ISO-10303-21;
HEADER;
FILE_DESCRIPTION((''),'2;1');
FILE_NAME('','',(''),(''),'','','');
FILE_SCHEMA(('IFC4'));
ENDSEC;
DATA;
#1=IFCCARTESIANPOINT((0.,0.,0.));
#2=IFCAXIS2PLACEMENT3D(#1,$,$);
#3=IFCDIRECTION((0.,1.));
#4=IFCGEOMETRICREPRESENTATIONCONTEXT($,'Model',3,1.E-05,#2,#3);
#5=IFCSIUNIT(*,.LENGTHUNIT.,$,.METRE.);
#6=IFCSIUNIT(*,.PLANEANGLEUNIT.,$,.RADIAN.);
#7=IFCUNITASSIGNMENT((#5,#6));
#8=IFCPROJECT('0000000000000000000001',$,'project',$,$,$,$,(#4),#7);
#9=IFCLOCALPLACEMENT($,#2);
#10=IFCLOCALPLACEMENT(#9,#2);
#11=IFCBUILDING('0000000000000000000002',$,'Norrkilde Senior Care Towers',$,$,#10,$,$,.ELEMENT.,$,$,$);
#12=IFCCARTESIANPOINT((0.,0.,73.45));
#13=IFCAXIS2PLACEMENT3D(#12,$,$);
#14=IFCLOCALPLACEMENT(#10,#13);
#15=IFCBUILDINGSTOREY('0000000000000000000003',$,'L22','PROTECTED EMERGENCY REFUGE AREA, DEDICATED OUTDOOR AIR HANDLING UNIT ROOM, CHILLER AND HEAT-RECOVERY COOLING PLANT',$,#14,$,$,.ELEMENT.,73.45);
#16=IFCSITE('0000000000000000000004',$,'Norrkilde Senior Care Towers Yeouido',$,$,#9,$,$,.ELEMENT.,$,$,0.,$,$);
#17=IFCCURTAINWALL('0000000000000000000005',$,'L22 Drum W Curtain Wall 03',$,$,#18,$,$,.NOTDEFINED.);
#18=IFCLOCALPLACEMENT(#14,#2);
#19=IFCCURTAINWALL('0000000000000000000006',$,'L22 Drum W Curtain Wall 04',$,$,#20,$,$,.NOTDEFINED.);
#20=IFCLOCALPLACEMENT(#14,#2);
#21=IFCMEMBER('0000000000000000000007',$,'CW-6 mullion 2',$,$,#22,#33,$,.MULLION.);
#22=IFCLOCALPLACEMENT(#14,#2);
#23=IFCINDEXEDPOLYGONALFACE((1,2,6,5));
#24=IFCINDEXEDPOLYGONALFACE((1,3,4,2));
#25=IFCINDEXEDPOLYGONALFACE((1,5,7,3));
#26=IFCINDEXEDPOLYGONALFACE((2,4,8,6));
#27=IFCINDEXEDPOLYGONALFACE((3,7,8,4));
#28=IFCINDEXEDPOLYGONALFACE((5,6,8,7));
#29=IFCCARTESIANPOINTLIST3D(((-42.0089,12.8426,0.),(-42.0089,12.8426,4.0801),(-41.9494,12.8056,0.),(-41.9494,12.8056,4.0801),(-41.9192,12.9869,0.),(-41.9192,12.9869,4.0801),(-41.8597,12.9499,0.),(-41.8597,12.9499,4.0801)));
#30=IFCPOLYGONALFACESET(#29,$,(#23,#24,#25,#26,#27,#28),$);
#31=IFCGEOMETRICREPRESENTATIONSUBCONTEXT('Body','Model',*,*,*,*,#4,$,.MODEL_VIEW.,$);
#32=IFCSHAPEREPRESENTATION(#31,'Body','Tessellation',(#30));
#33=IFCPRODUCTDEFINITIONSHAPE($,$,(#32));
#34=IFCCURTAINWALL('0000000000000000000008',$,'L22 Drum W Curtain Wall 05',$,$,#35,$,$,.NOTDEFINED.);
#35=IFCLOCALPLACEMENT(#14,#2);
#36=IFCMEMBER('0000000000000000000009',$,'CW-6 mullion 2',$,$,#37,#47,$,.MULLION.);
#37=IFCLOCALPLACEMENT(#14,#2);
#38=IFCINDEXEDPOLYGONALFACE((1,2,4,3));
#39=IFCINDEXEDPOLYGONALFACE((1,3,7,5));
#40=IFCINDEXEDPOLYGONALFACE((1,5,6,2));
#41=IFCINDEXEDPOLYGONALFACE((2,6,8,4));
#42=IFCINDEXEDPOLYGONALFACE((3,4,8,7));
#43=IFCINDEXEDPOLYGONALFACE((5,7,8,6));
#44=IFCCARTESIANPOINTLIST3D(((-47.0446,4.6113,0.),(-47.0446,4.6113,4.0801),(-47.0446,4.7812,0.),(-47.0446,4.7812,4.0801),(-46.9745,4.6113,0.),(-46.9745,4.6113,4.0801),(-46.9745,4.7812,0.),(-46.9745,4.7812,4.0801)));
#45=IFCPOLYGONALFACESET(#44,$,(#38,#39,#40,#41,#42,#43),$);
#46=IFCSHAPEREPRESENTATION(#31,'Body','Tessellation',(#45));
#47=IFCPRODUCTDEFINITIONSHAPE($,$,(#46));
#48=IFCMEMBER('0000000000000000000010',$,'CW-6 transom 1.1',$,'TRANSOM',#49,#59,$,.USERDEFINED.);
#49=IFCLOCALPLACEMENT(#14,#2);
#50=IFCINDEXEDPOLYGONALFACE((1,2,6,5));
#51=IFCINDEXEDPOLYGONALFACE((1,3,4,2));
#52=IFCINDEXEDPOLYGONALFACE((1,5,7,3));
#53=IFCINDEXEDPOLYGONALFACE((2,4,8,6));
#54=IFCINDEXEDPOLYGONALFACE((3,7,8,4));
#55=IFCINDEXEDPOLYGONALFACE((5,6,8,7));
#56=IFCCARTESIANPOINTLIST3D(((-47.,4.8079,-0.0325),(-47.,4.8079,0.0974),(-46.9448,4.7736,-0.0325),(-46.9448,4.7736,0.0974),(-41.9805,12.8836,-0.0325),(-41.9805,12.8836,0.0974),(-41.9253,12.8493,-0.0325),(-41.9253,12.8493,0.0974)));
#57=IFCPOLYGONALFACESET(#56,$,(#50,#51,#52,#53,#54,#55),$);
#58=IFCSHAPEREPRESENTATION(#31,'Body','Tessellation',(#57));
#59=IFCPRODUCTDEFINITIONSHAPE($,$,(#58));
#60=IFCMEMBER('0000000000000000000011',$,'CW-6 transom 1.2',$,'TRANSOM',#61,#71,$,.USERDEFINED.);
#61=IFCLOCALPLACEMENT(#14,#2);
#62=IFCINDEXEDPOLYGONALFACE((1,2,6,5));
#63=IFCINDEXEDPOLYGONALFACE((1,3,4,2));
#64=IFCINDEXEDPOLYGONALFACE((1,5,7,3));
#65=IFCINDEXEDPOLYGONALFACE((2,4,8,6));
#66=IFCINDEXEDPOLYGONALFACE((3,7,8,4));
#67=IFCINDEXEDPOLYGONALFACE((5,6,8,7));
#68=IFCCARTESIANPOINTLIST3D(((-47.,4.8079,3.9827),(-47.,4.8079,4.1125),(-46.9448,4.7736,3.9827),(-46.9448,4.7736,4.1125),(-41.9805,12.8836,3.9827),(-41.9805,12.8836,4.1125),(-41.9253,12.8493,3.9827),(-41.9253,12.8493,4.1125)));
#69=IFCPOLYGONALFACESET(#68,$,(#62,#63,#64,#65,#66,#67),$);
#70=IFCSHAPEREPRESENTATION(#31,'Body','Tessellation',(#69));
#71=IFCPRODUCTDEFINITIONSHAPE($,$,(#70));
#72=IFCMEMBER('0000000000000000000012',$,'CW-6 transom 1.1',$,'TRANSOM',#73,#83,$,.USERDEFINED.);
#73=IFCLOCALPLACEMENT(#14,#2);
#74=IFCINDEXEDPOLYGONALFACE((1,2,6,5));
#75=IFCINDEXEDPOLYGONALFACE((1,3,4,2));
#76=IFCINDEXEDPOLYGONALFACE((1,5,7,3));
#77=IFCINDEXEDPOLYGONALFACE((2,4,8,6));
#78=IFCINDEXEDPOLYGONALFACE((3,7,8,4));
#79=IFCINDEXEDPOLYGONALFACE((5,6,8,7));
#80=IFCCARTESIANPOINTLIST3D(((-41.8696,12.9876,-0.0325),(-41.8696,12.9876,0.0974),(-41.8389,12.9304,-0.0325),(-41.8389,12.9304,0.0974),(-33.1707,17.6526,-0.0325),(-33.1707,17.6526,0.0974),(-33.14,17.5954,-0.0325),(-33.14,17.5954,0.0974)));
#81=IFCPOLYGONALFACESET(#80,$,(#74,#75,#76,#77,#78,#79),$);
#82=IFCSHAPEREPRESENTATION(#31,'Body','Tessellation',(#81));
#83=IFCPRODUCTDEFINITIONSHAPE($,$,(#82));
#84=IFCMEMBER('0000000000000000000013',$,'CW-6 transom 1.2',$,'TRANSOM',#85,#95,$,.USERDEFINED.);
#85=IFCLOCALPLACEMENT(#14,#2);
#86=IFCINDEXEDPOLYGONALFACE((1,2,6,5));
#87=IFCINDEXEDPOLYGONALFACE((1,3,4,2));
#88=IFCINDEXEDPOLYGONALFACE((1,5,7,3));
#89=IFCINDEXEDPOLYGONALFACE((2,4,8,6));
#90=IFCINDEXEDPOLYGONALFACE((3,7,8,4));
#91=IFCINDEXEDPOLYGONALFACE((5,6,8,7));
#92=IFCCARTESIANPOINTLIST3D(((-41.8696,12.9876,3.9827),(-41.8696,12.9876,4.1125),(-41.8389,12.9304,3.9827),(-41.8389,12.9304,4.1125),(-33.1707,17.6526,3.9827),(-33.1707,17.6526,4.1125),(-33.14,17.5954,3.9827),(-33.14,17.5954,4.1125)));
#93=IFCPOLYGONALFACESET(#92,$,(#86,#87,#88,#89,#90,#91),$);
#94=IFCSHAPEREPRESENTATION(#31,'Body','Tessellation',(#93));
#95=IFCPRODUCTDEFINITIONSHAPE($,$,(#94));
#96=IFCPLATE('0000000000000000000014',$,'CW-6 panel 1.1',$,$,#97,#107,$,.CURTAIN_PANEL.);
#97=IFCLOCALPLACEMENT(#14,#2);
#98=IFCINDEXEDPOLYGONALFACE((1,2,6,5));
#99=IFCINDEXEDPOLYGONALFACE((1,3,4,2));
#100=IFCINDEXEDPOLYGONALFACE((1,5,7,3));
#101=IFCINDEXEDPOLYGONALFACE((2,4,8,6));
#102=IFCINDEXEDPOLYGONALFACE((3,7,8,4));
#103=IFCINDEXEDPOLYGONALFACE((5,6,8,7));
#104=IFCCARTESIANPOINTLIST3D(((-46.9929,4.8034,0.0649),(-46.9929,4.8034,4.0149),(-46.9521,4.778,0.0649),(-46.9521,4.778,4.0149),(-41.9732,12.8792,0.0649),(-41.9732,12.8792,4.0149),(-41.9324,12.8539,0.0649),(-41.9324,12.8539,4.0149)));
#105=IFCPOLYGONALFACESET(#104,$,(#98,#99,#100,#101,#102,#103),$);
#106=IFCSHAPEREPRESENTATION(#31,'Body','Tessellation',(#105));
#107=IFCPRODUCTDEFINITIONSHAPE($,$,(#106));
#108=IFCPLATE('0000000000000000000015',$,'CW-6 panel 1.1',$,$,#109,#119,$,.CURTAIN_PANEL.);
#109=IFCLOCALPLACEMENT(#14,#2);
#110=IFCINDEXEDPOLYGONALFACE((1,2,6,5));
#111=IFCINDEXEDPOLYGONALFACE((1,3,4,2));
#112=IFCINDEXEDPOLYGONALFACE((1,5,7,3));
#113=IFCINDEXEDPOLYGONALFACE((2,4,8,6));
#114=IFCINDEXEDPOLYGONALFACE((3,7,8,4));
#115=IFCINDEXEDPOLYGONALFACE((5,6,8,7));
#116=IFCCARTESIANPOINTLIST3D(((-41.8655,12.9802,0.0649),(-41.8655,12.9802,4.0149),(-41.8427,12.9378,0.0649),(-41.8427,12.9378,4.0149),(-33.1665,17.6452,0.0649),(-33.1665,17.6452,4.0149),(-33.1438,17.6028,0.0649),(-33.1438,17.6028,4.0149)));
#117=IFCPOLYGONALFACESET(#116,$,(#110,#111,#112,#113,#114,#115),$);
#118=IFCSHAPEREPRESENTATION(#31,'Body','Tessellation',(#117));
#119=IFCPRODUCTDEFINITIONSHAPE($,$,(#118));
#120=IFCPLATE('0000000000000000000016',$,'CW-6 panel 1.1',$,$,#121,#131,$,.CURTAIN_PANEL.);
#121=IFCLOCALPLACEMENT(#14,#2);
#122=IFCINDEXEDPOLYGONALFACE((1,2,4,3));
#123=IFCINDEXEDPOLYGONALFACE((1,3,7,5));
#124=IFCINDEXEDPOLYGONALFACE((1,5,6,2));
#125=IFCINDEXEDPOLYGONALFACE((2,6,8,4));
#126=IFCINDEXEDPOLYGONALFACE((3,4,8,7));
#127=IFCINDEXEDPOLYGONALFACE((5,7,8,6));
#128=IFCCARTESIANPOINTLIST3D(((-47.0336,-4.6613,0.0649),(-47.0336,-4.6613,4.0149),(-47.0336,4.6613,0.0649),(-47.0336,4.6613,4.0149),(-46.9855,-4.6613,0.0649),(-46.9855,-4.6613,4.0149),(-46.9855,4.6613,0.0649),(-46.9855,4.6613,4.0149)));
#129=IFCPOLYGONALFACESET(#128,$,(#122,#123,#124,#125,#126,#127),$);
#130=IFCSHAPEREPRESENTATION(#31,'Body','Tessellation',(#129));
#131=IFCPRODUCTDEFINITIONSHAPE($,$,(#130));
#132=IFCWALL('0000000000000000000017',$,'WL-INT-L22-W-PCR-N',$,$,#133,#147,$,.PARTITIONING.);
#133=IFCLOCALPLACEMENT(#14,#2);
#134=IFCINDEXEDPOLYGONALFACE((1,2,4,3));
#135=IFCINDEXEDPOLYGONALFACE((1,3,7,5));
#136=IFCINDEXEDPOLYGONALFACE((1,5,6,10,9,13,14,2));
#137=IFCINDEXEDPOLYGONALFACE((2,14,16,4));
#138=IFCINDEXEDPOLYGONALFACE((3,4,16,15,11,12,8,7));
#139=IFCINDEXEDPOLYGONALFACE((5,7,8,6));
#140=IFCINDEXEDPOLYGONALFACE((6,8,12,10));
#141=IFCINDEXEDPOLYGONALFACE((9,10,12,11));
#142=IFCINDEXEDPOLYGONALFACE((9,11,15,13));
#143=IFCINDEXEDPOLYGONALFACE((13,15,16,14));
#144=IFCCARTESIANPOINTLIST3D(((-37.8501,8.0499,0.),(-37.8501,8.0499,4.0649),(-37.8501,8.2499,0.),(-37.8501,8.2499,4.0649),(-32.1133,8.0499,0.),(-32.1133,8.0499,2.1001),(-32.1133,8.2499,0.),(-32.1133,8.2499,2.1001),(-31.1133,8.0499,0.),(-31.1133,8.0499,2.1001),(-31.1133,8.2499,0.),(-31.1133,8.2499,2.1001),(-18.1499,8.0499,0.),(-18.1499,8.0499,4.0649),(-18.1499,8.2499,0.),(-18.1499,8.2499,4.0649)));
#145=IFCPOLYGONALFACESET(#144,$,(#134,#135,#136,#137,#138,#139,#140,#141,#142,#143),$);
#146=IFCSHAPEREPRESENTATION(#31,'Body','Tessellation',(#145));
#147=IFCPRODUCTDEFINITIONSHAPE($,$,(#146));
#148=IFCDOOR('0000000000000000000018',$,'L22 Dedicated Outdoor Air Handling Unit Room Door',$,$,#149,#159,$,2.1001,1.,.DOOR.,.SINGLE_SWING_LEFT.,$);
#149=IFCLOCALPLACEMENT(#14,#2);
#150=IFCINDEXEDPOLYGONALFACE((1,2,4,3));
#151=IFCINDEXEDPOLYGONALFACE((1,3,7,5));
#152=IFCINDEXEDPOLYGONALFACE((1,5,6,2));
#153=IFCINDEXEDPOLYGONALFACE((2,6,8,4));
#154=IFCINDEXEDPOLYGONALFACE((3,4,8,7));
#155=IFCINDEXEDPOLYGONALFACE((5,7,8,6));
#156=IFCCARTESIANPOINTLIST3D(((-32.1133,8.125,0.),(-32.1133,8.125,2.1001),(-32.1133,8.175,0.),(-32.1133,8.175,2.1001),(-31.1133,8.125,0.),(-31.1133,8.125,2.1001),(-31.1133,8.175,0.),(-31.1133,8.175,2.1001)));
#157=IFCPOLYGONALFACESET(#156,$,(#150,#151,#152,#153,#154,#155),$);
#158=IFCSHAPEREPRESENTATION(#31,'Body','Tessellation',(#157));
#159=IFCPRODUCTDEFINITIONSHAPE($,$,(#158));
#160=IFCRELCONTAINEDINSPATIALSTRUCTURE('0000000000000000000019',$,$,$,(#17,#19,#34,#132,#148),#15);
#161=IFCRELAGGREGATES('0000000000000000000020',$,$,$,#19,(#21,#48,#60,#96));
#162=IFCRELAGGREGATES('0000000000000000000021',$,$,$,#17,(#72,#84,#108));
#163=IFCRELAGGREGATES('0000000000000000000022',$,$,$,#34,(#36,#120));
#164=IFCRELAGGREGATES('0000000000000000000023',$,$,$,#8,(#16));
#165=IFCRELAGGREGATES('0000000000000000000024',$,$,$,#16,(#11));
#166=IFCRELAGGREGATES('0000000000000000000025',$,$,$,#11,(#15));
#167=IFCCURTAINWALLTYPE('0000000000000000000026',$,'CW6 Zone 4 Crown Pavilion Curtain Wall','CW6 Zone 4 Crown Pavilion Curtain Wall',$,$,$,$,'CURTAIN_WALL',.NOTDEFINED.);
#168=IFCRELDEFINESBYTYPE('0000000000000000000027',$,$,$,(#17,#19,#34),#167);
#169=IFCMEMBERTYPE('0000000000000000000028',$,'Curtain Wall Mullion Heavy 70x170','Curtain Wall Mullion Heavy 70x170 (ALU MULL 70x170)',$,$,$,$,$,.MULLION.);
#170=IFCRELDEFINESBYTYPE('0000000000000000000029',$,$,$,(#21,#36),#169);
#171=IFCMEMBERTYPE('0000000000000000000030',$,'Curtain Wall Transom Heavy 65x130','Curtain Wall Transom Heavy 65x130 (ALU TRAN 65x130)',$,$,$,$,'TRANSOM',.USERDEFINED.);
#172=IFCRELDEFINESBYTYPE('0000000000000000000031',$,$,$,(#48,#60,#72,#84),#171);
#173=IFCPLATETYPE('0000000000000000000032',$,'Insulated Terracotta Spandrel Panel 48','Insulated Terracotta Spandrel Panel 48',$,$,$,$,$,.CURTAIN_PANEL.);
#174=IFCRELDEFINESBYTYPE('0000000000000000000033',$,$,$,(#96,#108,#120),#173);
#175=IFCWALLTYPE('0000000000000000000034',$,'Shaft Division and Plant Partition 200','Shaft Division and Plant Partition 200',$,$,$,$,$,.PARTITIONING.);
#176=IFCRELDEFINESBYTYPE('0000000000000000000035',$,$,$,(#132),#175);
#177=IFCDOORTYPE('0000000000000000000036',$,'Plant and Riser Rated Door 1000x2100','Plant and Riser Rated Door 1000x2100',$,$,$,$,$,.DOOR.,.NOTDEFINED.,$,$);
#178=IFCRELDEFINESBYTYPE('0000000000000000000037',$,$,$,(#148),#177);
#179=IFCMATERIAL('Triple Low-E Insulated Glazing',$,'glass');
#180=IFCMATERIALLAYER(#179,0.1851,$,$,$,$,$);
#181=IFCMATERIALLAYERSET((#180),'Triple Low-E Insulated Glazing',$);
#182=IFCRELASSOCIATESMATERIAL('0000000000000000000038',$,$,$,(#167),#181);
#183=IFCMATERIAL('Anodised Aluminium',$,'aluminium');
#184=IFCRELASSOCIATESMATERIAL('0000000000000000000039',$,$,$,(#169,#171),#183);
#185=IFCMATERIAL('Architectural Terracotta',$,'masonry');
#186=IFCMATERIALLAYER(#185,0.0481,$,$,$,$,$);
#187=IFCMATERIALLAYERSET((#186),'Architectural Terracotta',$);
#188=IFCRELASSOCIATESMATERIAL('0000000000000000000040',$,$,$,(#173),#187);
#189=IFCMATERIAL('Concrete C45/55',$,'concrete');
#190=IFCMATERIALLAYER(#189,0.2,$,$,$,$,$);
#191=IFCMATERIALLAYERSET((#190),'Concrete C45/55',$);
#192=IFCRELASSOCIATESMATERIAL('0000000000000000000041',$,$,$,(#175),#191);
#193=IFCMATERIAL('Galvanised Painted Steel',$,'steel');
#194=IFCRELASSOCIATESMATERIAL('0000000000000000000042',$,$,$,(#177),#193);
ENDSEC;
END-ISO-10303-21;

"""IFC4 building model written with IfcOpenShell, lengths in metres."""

from ifc_helpers import new_model, si_unit, direction, frame, frame_2d, origin, origin_2d, place, context, subcontext, project, spatial, rectangle, extrude, source, transform, mapped, material, layer, layer_set, material_profile, profile_set, type_object, type_shapes, element, fill, aggregate, save


model = new_model("IFC4")

# Units and contexts
model_context = context("Model", 3, precision=1e-05, world=origin(), true_north=direction((0.0, 1.0)))
body_context = subcontext(model_context, "Body", "Model", "MODEL_VIEW")
ifc_project = project(units=[si_unit("LENGTHUNIT", "METRE"), si_unit("PLANEANGLEUNIT", "RADIAN")], contexts=[model_context])

# Site, building, storey
site_placement = place(None, origin())
site = spatial("IfcSite", under=ifc_project, at=site_placement, Name="Norrkilde Senior Care Towers Yeouido", CompositionType="ELEMENT", RefElevation=0.0)
building_placement = place(site_placement, origin())
building = spatial("IfcBuilding", under=site, at=building_placement, Name="Norrkilde Senior Care Towers", CompositionType="ELEMENT")
storey_placement = place(building_placement, frame((0.0, 0.0, 73.45)))
storey = spatial("IfcBuildingStorey", under=building, at=storey_placement, Name="L22", Description="PROTECTED EMERGENCY REFUGE AREA, DEDICATED OUTDOOR AIR HANDLING UNIT ROOM, CHILLER AND HEAT-RECOVERY COOLING PLANT", CompositionType="ELEMENT", Elevation=73.45)

# Curtain wall
ifc_material_1 = material(Name="Triple Low-E Insulated Glazing", Category="glass")
ifc_layer_1 = layer(ifc_material_1, 0.1851)
ifc_layer_set_1 = layer_set([ifc_layer_1], Name="Triple Low-E Insulated Glazing")
curtain_wall_type = type_object("IfcCurtainWallType", Name="CW6 Zone 4 Crown Pavilion Curtain Wall", Description="CW6 Zone 4 Crown Pavilion Curtain Wall", ElementType="CURTAIN_WALL", PredefinedType="NOTDEFINED", material=ifc_layer_set_1)
curtain_wall_1_placement = place(storey_placement, origin())
curtain_wall_1 = element("IfcCurtainWall", 1, at=curtain_wall_1_placement, inside=storey, type_object=curtain_wall_type, Name="L22 Drum W Curtain Wall 03", PredefinedType="NOTDEFINED")
ifc_material_2 = material(Name="Anodised Aluminium", Category="aluminium")
ifc_material_profile_1 = material_profile(ifc_material_2, rectangle(XDim=0.0701, YDim=0.1699, at=origin_2d()), Name="ALU MULL 70x170")
ifc_profile_set_1 = profile_set([ifc_material_profile_1], Name="Anodised Aluminium")
member_type_1 = type_object("IfcMemberType", Name="Curtain Wall Mullion Heavy 70x170", Description="Curtain Wall Mullion Heavy 70x170 (ALU MULL 70x170)", PredefinedType="MULLION", material=ifc_profile_set_1)
shared_shape_1 = source(origin(), body_context, "Body", "SweptSolid", [
    extrude(rectangle(XDim=0.0701, YDim=0.1699, at=origin_2d()), origin(), (0.0, 0.0, 1.0), 4.0801),
])
type_shapes(member_type_1, [shared_shape_1])

# Curtain wall, member
curtain_wall_2_placement = place(storey_placement, origin())
curtain_wall_2 = element("IfcCurtainWall", 2, at=curtain_wall_2_placement, inside=storey, type_object=curtain_wall_type, Name="L22 Drum W Curtain Wall 04", PredefinedType="NOTDEFINED")
member_1_placement = place(storey_placement, frame((-41.9343, 12.8962, 0.0), z_axis=(0.0, 0.0, 1.0), x_axis=(-0.849306, 0.527901, 0.0)))
member_1 = element("IfcMember", 3, at=member_1_placement, type_object=member_type_1, Name="CW-6 mullion 2", PredefinedType="MULLION", context=body_context, shape_type="MappedRepresentation", body=[
    mapped(shared_shape_1, transform((0.0, 0.0, 0.0), x_axis=(1.0, 0.0, 0.0), y_axis=(0.0, 1.0, 0.0), z_axis=(0.0, 0.0, 1.0), scale=1.0)),
])

# Curtain wall, member
curtain_wall_3_placement = place(storey_placement, origin())
curtain_wall_3 = element("IfcCurtainWall", 4, at=curtain_wall_3_placement, inside=storey, type_object=curtain_wall_type, Name="L22 Drum W Curtain Wall 05", PredefinedType="NOTDEFINED")
member_2_placement = place(storey_placement, frame((-47.0095, 4.6963, 0.0), z_axis=(0.0, 0.0, 1.0), x_axis=(-1.0, 0.0, 0.0)))
member_2 = element("IfcMember", 5, at=member_2_placement, type_object=member_type_1, Name="CW-6 mullion 2", PredefinedType="MULLION", context=body_context, shape_type="MappedRepresentation", body=[
    mapped(shared_shape_1, transform((0.0, 0.0, 0.0), x_axis=(1.0, 0.0, 0.0), y_axis=(0.0, 1.0, 0.0), z_axis=(0.0, 0.0, 1.0), scale=1.0)),
])

# Members
ifc_material_profile_2 = material_profile(ifc_material_2, rectangle(XDim=0.0649, YDim=0.1299, at=origin_2d()), Name="ALU TRAN 65x130")
ifc_profile_set_2 = profile_set([ifc_material_profile_2], Name="Anodised Aluminium")
member_type_2 = type_object("IfcMemberType", Name="Curtain Wall Transom Heavy 65x130", Description="Curtain Wall Transom Heavy 65x130 (ALU TRAN 65x130)", ElementType="TRANSOM", PredefinedType="USERDEFINED", material=ifc_profile_set_2)
shared_shape_2 = source(origin(), body_context, "Body", "SweptSolid", [
    extrude(rectangle(XDim=0.0649, YDim=0.1299, at=origin_2d()), origin(), (0.0, 0.0, 1.0), 9.5085),
])
member_3_placement = place(storey_placement, frame((-46.9724, 4.7908, 0.0325), z_axis=(0.527897, 0.849308, 0.0), x_axis=(-0.849308, 0.527897, 0.0)))
member_3 = element("IfcMember", 6, at=member_3_placement, type_object=member_type_2, Name="CW-6 transom 1.1", ObjectType="TRANSOM", PredefinedType="USERDEFINED", context=body_context, shape_type="MappedRepresentation", body=[
    mapped(shared_shape_2, transform((0.0, 0.0, 0.0), x_axis=(1.0, 0.0, 0.0), y_axis=(0.0, 1.0, 0.0), z_axis=(0.0, 0.0, 1.0), scale=1.0)),
])
member_4_placement = place(storey_placement, frame((-46.9724, 4.7908, 4.0476), z_axis=(0.527897, 0.849308, 0.0), x_axis=(-0.849308, 0.527897, 0.0)))
member_4 = element("IfcMember", 7, at=member_4_placement, type_object=member_type_2, Name="CW-6 transom 1.2", ObjectType="TRANSOM", PredefinedType="USERDEFINED", context=body_context, shape_type="MappedRepresentation", body=[
    mapped(shared_shape_2, transform((0.0, 0.0, 0.0), x_axis=(1.0, 0.0, 0.0), y_axis=(0.0, 1.0, 0.0), z_axis=(0.0, 0.0, 1.0), scale=1.0)),
])
shared_shape_3 = source(origin(), body_context, "Body", "SweptSolid", [
    extrude(rectangle(XDim=0.0649, YDim=0.1299, at=origin_2d()), origin(), (0.0, 0.0, 1.0), 9.8708),
])
type_shapes(member_type_2, [shared_shape_2, shared_shape_3])
member_5_placement = place(storey_placement, frame((-41.8542, 12.959, 0.0325), z_axis=(0.881274, 0.472605, 0.0), x_axis=(-0.472605, 0.881274, 0.0)))
member_5 = element("IfcMember", 8, at=member_5_placement, type_object=member_type_2, Name="CW-6 transom 1.1", ObjectType="TRANSOM", PredefinedType="USERDEFINED", context=body_context, shape_type="MappedRepresentation", body=[
    mapped(shared_shape_3, transform((0.0, 0.0, 0.0), x_axis=(1.0, 0.0, 0.0), y_axis=(0.0, 1.0, 0.0), z_axis=(0.0, 0.0, 1.0), scale=1.0)),
])
member_6_placement = place(storey_placement, frame((-41.8542, 12.959, 4.0476), z_axis=(0.881274, 0.472605, 0.0), x_axis=(-0.472605, 0.881274, 0.0)))
member_6 = element("IfcMember", 9, at=member_6_placement, type_object=member_type_2, Name="CW-6 transom 1.2", ObjectType="TRANSOM", PredefinedType="USERDEFINED", context=body_context, shape_type="MappedRepresentation", body=[
    mapped(shared_shape_3, transform((0.0, 0.0, 0.0), x_axis=(1.0, 0.0, 0.0), y_axis=(0.0, 1.0, 0.0), z_axis=(0.0, 0.0, 1.0), scale=1.0)),
])

# Plates
ifc_material_3 = material(Name="Architectural Terracotta", Category="masonry")
ifc_layer_2 = layer(ifc_material_3, 0.0481)
ifc_layer_set_2 = layer_set([ifc_layer_2], Name="Architectural Terracotta")
plate_type = type_object("IfcPlateType", Name="Insulated Terracotta Spandrel Panel 48", Description="Insulated Terracotta Spandrel Panel 48", PredefinedType="CURTAIN_PANEL", material=ifc_layer_set_2)
shared_shape_4 = source(origin(), body_context, "Body", "SweptSolid", [
    extrude(rectangle(XDim=9.5088, YDim=0.0481, at=origin_2d()), origin(), (0.0, 0.0, 1.0), 3.95),
])
plate_1_placement = place(storey_placement, frame((-44.4626, 8.8286, 0.0649), z_axis=(0.0, 0.0, 1.0), x_axis=(0.527901, 0.849306, 0.0)))
plate_1 = element("IfcPlate", 10, at=plate_1_placement, type_object=plate_type, Name="CW-6 panel 1.1", PredefinedType="CURTAIN_PANEL", context=body_context, shape_type="MappedRepresentation", body=[
    mapped(shared_shape_4, transform((0.0, 0.0, 0.0), x_axis=(1.0, 0.0, 0.0), y_axis=(0.0, 1.0, 0.0), z_axis=(0.0, 0.0, 1.0), scale=1.0)),
])
aggregate(curtain_wall_2, [member_1, member_3, member_4, plate_1])
shared_shape_5 = source(origin(), body_context, "Body", "SweptSolid", [
    extrude(rectangle(XDim=9.8708, YDim=0.0481, at=origin_2d()), origin(), (0.0, 0.0, 1.0), 3.95),
])
plate_2_placement = place(storey_placement, frame((-37.5046, 15.2915, 0.0649), z_axis=(0.0, 0.0, 1.0), x_axis=(0.881273, 0.472608, 0.0)))
plate_2 = element("IfcPlate", 11, at=plate_2_placement, type_object=plate_type, Name="CW-6 panel 1.1", PredefinedType="CURTAIN_PANEL", context=body_context, shape_type="MappedRepresentation", body=[
    mapped(shared_shape_5, transform((0.0, 0.0, 0.0), x_axis=(1.0, 0.0, 0.0), y_axis=(0.0, 1.0, 0.0), z_axis=(0.0, 0.0, 1.0), scale=1.0)),
])
aggregate(curtain_wall_1, [member_5, member_6, plate_2])
shared_shape_6 = source(origin(), body_context, "Body", "SweptSolid", [
    extrude(rectangle(XDim=9.3225, YDim=0.0481, at=origin_2d()), origin(), (0.0, 0.0, 1.0), 3.95),
])
type_shapes(plate_type, [shared_shape_4, shared_shape_5, shared_shape_6])
plate_3_placement = place(storey_placement, frame((-47.0095, 0.0, 0.0649), z_axis=(0.0, 0.0, 1.0), x_axis=(0.0, 1.0, 0.0)))
plate_3 = element("IfcPlate", 12, at=plate_3_placement, type_object=plate_type, Name="CW-6 panel 1.1", PredefinedType="CURTAIN_PANEL", context=body_context, shape_type="MappedRepresentation", body=[
    mapped(shared_shape_6, transform((0.0, 0.0, 0.0), x_axis=(1.0, 0.0, 0.0), y_axis=(0.0, 1.0, 0.0), z_axis=(0.0, 0.0, 1.0), scale=1.0)),
])
aggregate(curtain_wall_3, [member_2, plate_3])

# Wall, opening, door
ifc_material_4 = material(Name="Concrete C45/55", Category="concrete")
ifc_layer_3 = layer(ifc_material_4, 0.2)
ifc_layer_set_3 = layer_set([ifc_layer_3], Name="Concrete C45/55")
wall_type = type_object("IfcWallType", Name="Shaft Division and Plant Partition 200", Description="Shaft Division and Plant Partition 200", PredefinedType="PARTITIONING", material=ifc_layer_set_3)
shared_shape_7 = source(origin(), body_context, "Body", "SweptSolid", [
    extrude(rectangle(XDim=19.7002, YDim=0.2, at=frame_2d((9.8501, 0.0))), origin(), (0.0, 0.0, 1.0), 4.0649),
])
wall_1_placement = place(storey_placement, frame((-37.8501, 8.1499, 0.0), z_axis=(0.0, 0.0, 1.0), x_axis=(1.0, 0.0, 0.0)))
wall_1 = element("IfcWall", 13, at=wall_1_placement, inside=storey, type_object=wall_type, Name="WL-INT-L22-W-PCR-N", PredefinedType="PARTITIONING", context=body_context, shape_type="MappedRepresentation", body=[
    mapped(shared_shape_7, transform((0.0, 0.0, 0.0), x_axis=(1.0, 0.0, 0.0), y_axis=(0.0, 1.0, 0.0), z_axis=(0.0, 0.0, 1.0), scale=1.0)),
])
opening_placement = place(wall_1_placement, frame((5.7368, 0.0, 0.0)))
opening = element("IfcOpeningElement", 14, at=opening_placement, cuts=wall_1, PredefinedType="OPENING", context=body_context, shape_type="SweptSolid", body=[
    extrude(rectangle(XDim=1.0, YDim=2.1001, at=frame_2d((0.5, 1.05))), frame((0.0, 0.1099, 0.0), z_axis=(0.0, -1.0, 0.0), x_axis=(1.0, 0.0, 0.0)), (0.0, 0.0, 1.0), 0.22),
])
ifc_material_5 = material(Name="Galvanised Painted Steel", Category="steel")
door_type = type_object("IfcDoorType", Name="Plant and Riser Rated Door 1000x2100", Description="Plant and Riser Rated Door 1000x2100", OperationType="NOTDEFINED", PredefinedType="DOOR", material=ifc_material_5)
shared_shape_8 = source(origin(), body_context, "Body", "SweptSolid", [
    extrude(rectangle(XDim=1.0, YDim=2.1001, at=frame_2d((0.5, 1.05))), frame((0.0, 0.0249, 0.0), z_axis=(0.0, -1.0, 0.0), x_axis=(1.0, 0.0, 0.0)), (0.0, 0.0, 1.0), 0.05),
])
type_shapes(door_type, [shared_shape_8])
door_placement = place(opening_placement, frame((1.0, 0.0, 0.0), z_axis=(0.0, 0.0, 1.0), x_axis=(-1.0, 0.0, 0.0)))
door = element("IfcDoor", 15, at=door_placement, inside=storey, type_object=door_type, Name="L22 Dedicated Outdoor Air Handling Unit Room Door", OperationType="SINGLE_SWING_LEFT", OverallHeight=2.1001, OverallWidth=1.0, PredefinedType="DOOR", context=body_context, shape_type="MappedRepresentation", body=[
    mapped(shared_shape_8, transform((0.0, 0.0, 0.0), x_axis=(1.0, 0.0, 0.0), y_axis=(0.0, 1.0, 0.0), z_axis=(0.0, 0.0, 1.0), scale=1.0)),
])
fill(opening, door)

save(model, "model.ifc")
